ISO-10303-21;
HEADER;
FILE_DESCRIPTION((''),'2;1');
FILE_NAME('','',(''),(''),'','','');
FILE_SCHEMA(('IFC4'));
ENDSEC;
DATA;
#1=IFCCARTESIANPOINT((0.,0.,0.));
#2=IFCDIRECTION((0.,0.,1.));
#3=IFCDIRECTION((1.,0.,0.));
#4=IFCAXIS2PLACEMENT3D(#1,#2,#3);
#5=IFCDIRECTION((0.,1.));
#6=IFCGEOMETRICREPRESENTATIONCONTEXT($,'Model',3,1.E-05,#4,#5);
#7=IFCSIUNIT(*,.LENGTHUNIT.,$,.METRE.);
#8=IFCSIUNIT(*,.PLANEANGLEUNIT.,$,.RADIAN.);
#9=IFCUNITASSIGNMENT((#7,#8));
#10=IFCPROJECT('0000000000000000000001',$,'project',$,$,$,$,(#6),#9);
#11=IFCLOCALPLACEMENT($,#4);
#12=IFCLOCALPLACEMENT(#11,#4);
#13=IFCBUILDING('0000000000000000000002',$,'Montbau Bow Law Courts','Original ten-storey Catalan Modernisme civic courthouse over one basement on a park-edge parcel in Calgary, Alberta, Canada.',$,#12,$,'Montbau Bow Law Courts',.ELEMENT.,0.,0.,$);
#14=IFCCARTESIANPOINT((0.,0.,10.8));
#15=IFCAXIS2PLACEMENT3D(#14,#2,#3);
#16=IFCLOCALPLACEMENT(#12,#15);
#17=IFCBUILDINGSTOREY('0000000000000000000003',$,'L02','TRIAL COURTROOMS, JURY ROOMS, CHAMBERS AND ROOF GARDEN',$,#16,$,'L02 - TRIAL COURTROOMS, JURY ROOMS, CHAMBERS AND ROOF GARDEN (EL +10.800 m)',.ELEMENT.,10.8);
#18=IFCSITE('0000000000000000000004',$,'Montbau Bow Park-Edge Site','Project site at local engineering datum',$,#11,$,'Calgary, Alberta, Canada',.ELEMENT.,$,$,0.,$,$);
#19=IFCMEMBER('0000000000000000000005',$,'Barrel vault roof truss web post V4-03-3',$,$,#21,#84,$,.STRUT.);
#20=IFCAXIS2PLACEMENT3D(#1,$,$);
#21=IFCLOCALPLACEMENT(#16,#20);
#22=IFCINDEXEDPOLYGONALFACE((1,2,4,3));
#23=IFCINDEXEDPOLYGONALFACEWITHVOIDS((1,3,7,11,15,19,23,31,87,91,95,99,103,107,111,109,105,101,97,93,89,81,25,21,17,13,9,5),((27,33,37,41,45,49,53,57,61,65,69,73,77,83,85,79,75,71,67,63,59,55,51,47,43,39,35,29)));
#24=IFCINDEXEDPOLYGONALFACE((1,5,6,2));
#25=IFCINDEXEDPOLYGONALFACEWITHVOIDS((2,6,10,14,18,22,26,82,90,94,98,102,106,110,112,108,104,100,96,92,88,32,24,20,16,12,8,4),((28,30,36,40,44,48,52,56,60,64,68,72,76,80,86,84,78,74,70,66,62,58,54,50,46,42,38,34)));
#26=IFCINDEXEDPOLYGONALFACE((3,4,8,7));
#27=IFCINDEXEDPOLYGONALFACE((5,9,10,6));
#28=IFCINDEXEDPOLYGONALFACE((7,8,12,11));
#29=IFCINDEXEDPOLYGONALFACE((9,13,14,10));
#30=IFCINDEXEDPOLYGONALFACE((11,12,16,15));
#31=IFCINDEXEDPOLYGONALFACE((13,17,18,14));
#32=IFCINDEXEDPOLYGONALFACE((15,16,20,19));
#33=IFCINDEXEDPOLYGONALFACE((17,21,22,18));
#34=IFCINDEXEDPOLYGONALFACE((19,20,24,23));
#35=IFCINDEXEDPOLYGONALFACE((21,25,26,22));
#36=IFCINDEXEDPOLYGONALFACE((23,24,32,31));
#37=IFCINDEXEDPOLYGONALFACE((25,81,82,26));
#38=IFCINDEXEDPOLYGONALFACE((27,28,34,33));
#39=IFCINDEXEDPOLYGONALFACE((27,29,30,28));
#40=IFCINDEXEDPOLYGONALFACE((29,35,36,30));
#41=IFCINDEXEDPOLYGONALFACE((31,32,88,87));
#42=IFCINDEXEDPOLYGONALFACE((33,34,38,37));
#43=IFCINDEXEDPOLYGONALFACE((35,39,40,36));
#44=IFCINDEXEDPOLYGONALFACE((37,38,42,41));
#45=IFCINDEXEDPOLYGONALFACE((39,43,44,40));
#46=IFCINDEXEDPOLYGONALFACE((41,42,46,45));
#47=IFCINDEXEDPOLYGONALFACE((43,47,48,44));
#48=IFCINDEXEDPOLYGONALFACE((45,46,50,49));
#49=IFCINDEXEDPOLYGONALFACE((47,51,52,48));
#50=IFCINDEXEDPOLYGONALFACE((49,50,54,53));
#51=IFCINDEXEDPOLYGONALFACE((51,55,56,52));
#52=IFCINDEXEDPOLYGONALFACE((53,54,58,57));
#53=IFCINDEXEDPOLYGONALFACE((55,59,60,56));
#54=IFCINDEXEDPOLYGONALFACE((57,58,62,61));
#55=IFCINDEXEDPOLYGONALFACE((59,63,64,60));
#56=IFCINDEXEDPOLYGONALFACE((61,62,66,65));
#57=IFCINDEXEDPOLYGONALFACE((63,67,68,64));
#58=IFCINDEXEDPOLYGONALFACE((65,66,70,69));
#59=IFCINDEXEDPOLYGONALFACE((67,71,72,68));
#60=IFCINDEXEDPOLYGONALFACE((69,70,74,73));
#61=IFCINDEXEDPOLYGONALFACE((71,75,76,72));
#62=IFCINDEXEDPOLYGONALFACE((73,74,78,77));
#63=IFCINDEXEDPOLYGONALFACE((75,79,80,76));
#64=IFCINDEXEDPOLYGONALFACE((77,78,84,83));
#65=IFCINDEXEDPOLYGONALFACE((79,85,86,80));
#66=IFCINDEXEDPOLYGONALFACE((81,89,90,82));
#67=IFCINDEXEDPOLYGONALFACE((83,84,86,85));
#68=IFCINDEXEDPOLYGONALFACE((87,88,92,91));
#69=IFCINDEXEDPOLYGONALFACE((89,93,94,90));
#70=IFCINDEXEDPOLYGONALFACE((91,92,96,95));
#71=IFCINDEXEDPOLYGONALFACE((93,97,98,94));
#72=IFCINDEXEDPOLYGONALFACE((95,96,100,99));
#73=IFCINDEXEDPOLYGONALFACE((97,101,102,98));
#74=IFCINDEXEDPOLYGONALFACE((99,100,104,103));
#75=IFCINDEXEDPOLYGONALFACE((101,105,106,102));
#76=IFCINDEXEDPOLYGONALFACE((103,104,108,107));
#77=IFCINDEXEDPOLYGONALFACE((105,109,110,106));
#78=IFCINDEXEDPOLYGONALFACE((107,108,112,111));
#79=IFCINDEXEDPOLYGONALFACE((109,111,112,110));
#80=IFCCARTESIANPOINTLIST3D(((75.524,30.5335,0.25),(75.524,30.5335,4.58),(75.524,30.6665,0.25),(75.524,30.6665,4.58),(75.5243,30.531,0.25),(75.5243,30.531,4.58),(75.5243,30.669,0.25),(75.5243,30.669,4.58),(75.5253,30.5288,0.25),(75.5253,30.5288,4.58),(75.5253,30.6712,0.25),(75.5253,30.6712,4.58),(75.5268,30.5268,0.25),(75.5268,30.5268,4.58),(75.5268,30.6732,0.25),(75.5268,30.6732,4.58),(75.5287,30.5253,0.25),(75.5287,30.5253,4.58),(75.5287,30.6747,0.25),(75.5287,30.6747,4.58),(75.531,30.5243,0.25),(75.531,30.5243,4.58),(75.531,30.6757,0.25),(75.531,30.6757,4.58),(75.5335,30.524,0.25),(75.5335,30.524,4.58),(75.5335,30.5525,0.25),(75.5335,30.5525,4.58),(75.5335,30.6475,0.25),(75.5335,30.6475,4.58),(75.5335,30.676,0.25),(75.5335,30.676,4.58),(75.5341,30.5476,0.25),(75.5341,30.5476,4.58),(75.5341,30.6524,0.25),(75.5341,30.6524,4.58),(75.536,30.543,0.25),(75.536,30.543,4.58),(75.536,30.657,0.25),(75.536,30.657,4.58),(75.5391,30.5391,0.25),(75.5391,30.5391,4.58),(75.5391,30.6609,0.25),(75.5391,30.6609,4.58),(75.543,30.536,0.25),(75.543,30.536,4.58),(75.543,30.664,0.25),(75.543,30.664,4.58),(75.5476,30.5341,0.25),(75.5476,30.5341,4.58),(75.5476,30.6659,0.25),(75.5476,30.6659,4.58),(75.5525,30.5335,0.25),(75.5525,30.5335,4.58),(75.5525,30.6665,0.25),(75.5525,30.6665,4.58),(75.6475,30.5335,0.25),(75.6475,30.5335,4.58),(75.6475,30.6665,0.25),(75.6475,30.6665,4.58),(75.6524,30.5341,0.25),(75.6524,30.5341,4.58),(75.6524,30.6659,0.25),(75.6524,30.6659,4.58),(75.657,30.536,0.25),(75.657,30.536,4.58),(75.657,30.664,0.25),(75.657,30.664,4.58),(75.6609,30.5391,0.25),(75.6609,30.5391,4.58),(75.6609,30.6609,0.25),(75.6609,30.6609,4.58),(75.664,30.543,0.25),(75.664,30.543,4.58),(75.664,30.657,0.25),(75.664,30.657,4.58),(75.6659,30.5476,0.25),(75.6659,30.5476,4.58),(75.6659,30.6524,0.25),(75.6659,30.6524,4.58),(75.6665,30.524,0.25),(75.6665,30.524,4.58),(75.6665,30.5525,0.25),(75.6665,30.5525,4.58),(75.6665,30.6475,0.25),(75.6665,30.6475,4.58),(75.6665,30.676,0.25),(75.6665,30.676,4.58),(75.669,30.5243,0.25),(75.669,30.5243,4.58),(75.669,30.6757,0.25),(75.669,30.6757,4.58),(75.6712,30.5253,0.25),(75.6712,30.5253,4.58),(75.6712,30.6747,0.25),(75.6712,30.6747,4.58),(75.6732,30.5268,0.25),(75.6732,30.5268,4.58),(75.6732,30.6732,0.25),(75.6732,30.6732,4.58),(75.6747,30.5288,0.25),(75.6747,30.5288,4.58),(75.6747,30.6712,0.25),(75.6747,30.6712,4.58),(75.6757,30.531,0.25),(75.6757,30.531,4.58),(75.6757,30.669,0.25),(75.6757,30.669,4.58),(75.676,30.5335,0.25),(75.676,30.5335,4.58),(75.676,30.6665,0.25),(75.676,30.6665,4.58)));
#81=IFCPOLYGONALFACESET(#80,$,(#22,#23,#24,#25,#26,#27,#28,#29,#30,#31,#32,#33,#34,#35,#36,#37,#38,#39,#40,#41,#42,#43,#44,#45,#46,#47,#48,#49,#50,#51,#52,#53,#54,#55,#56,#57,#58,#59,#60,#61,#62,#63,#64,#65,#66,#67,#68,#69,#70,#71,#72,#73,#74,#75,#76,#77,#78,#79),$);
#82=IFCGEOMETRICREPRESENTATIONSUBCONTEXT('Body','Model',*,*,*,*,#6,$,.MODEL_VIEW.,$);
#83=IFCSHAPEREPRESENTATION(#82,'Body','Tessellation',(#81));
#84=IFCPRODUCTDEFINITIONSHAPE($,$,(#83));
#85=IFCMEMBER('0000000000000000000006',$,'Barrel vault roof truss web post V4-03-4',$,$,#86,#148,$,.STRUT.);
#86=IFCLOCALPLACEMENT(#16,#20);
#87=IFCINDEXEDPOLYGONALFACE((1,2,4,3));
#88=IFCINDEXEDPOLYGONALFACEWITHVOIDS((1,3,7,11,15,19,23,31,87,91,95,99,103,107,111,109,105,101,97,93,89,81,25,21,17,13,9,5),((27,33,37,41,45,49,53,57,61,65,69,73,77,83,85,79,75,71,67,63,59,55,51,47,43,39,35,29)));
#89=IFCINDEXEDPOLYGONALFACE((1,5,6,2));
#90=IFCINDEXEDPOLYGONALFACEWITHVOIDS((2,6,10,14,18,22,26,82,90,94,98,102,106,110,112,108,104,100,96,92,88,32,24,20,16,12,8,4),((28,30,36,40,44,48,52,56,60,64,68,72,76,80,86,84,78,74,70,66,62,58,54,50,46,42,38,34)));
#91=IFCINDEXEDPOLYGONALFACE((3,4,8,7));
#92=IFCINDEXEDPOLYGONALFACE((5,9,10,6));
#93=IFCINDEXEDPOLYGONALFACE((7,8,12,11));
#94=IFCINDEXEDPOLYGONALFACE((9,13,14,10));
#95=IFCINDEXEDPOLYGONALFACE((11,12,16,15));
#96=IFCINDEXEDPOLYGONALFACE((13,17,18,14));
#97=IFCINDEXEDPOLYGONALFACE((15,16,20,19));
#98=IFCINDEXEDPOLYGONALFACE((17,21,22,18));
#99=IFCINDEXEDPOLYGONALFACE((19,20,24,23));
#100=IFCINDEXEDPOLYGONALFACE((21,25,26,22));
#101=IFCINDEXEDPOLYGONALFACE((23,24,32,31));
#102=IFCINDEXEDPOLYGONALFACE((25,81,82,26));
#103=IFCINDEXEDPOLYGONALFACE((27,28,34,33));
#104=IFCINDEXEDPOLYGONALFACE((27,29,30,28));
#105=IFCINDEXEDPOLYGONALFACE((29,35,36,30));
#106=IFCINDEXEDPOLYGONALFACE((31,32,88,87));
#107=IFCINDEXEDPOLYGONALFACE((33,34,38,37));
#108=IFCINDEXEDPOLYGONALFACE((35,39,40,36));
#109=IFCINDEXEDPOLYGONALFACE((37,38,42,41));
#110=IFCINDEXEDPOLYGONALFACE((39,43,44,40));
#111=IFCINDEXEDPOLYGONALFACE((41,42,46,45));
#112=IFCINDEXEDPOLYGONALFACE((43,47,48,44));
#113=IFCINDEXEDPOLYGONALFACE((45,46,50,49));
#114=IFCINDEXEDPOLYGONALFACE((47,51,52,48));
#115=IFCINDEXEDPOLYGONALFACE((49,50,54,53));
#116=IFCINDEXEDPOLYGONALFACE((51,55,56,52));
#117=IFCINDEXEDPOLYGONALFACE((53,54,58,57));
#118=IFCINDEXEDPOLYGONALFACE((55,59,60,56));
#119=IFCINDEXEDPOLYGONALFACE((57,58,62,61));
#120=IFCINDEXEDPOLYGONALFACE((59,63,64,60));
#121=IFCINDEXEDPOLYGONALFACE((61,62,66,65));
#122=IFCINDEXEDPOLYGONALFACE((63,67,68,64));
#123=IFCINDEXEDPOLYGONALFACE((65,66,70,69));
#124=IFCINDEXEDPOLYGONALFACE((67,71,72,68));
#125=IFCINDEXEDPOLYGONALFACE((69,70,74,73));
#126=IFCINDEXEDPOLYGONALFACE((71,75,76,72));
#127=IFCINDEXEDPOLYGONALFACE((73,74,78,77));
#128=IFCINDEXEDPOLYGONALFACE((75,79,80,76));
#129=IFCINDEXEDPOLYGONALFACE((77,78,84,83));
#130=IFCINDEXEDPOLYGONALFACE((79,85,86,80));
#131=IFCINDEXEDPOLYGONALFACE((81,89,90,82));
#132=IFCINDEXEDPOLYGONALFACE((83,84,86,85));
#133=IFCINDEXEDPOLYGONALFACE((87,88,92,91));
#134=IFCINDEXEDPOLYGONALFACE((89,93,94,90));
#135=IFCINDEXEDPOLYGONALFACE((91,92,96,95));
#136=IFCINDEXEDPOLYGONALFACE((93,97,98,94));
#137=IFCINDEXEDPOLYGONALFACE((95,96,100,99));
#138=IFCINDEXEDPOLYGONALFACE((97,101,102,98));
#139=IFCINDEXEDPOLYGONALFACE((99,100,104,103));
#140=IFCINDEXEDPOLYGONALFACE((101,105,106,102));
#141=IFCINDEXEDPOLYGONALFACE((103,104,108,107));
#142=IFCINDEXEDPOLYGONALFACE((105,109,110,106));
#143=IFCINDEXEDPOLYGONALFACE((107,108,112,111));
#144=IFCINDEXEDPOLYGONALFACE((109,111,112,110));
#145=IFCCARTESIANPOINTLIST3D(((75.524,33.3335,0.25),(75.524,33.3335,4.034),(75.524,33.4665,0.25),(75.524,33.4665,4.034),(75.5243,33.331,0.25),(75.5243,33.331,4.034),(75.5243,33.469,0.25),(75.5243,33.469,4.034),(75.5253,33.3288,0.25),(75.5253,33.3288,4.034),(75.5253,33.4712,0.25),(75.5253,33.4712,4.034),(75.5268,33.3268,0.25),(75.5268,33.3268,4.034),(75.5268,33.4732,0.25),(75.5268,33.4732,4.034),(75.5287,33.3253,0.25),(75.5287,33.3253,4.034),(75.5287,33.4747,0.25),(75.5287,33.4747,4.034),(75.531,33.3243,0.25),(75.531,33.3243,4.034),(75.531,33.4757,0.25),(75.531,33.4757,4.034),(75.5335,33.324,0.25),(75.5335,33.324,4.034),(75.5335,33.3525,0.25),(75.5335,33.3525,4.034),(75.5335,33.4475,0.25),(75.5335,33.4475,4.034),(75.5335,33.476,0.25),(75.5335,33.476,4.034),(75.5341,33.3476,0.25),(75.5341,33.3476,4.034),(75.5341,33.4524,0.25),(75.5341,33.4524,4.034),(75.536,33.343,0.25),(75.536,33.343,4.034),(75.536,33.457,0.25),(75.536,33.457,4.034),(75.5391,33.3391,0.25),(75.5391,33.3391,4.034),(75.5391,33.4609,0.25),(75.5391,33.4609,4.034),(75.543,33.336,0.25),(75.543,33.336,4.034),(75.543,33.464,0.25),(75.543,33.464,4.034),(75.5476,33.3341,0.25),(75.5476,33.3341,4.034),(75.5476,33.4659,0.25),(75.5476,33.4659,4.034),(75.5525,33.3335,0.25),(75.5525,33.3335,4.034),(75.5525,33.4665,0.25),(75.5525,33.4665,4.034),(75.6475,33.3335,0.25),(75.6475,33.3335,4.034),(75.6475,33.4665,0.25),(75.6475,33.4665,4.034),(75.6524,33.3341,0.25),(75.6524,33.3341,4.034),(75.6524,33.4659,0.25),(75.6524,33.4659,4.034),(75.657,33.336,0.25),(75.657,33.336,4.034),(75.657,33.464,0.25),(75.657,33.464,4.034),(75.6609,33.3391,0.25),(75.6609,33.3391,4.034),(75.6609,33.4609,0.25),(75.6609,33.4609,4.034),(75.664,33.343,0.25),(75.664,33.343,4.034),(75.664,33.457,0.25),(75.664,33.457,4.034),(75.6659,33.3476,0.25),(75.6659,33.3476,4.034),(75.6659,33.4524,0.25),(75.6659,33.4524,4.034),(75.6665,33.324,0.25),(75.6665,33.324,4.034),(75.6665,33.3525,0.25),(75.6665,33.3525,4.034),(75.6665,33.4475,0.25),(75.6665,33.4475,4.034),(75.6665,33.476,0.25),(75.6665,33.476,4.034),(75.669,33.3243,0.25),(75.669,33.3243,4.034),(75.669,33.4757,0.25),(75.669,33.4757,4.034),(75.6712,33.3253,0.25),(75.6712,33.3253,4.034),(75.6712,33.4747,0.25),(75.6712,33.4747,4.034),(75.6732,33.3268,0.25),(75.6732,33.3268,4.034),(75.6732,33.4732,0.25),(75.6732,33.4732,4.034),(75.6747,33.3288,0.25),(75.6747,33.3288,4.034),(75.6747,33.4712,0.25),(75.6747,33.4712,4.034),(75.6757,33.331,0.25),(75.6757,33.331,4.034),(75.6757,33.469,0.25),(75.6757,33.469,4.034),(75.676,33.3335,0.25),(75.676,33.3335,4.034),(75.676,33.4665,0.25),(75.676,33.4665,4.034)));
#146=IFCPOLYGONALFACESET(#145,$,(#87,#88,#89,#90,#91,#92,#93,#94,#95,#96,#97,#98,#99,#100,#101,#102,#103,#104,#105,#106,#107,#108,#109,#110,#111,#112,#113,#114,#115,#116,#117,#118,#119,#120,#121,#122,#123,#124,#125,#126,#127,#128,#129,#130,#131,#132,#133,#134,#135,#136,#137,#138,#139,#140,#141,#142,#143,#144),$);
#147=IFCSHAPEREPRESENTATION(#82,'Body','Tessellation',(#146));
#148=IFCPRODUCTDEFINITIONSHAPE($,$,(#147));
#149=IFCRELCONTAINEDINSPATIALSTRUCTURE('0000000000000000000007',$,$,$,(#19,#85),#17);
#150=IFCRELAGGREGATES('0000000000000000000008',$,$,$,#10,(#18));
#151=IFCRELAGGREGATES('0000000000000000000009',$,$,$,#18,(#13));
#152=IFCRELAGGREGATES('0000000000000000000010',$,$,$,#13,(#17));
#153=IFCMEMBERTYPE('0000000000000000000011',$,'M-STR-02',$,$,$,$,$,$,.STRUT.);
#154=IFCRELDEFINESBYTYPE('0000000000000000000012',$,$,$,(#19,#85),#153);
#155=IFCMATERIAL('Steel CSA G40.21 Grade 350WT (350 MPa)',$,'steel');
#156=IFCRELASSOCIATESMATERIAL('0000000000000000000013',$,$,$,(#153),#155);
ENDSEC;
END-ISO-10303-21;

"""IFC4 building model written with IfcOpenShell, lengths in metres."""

from ifc_helpers import new_model, si_unit, direction, frame, origin_with_axes, origin_2d_with_axis, place, context, subcontext, project, spatial, hollow_rectangle, extrude, material, material_profile, profile_set, type_object, element, save


model = new_model("IFC4")

# Units and contexts
model_context = context("Model", 3, precision=1e-05, world=origin_with_axes(), true_north=direction((0.0, 1.0)))
body_context = subcontext(model_context, "Body", "Model", "MODEL_VIEW")
ifc_project = project(units=[si_unit("LENGTHUNIT", "METRE"), si_unit("PLANEANGLEUNIT", "RADIAN")], contexts=[model_context])

# Site, building, storey
site_placement = place(None, origin_with_axes())
site = spatial("IfcSite", under=ifc_project, at=site_placement, Name="Montbau Bow Park-Edge Site", Description="Project site at local engineering datum", LongName="Calgary, Alberta, Canada", CompositionType="ELEMENT", RefElevation=0.0)
building_placement = place(site_placement, origin_with_axes())
building = spatial("IfcBuilding", under=site, at=building_placement, Name="Montbau Bow Law Courts", Description="Original ten-storey Catalan Modernisme civic courthouse over one basement on a park-edge parcel in Calgary, Alberta, Canada.", LongName="Montbau Bow Law Courts", CompositionType="ELEMENT", ElevationOfRefHeight=0.0, ElevationOfTerrain=0.0)
storey_placement = place(building_placement, frame((0.0, 0.0, 10.8), z_axis=(0.0, 0.0, 1.0), x_axis=(1.0, 0.0, 0.0)))
storey = spatial("IfcBuildingStorey", under=building, at=storey_placement, Name="L02", Description="TRIAL COURTROOMS, JURY ROOMS, CHAMBERS AND ROOF GARDEN", LongName="L02 - TRIAL COURTROOMS, JURY ROOMS, CHAMBERS AND ROOF GARDEN (EL +10.800 m)", CompositionType="ELEMENT", Elevation=10.8)

# Shared definitions
ifc_material_1 = material(Name="Steel CSA G40.21 Grade 350WT (350 MPa)", Category="steel")

# Members
ifc_material_profile_1 = material_profile(ifc_material_1, hollow_rectangle(XDim=0.152, YDim=0.152, WallThickness=0.0095, InnerFilletRadius=0.019, OuterFilletRadius=0.0095, at=origin_2d_with_axis()), Name="HSS152X152X9.5", Category="Main", Priority=0)
ifc_profile_set_1 = profile_set([ifc_material_profile_1], Name="Steel CSA G40.21 Grade 350WT (350 MPa)")
member_type_1 = type_object("IfcMemberType", Name="M-STR-02", PredefinedType="STRUT", material=ifc_profile_set_1)
member_1_placement = place(None, frame((75.6, 30.6, 11.05), z_axis=(0.0, 0.0, 1.0), x_axis=(1.0, 0.0, 0.0)))
element("IfcMember", 1, at=member_1_placement, inside=storey, type_object=member_type_1, Name="Barrel vault roof truss web post V4-03-3", PredefinedType="STRUT", context=body_context, shape_type="SweptSolid", body=[
    extrude(hollow_rectangle(XDim=0.152, YDim=0.152, WallThickness=0.0095, InnerFilletRadius=0.019, OuterFilletRadius=0.0095, at=origin_2d_with_axis()), origin_with_axes(), (0.0, 0.0, 1.0), 4.33),
])
member_2_placement = place(None, frame((75.6, 33.4, 11.05), z_axis=(0.0, 0.0, 1.0), x_axis=(1.0, 0.0, 0.0)))
element("IfcMember", 2, at=member_2_placement, inside=storey, type_object=member_type_1, Name="Barrel vault roof truss web post V4-03-4", PredefinedType="STRUT", context=body_context, shape_type="SweptSolid", body=[
    extrude(hollow_rectangle(XDim=0.152, YDim=0.152, WallThickness=0.0095, InnerFilletRadius=0.019, OuterFilletRadius=0.0095, at=origin_2d_with_axis()), origin_with_axes(), (0.0, 0.0, 1.0), 3.784),
])

save(model, "model.ifc")
